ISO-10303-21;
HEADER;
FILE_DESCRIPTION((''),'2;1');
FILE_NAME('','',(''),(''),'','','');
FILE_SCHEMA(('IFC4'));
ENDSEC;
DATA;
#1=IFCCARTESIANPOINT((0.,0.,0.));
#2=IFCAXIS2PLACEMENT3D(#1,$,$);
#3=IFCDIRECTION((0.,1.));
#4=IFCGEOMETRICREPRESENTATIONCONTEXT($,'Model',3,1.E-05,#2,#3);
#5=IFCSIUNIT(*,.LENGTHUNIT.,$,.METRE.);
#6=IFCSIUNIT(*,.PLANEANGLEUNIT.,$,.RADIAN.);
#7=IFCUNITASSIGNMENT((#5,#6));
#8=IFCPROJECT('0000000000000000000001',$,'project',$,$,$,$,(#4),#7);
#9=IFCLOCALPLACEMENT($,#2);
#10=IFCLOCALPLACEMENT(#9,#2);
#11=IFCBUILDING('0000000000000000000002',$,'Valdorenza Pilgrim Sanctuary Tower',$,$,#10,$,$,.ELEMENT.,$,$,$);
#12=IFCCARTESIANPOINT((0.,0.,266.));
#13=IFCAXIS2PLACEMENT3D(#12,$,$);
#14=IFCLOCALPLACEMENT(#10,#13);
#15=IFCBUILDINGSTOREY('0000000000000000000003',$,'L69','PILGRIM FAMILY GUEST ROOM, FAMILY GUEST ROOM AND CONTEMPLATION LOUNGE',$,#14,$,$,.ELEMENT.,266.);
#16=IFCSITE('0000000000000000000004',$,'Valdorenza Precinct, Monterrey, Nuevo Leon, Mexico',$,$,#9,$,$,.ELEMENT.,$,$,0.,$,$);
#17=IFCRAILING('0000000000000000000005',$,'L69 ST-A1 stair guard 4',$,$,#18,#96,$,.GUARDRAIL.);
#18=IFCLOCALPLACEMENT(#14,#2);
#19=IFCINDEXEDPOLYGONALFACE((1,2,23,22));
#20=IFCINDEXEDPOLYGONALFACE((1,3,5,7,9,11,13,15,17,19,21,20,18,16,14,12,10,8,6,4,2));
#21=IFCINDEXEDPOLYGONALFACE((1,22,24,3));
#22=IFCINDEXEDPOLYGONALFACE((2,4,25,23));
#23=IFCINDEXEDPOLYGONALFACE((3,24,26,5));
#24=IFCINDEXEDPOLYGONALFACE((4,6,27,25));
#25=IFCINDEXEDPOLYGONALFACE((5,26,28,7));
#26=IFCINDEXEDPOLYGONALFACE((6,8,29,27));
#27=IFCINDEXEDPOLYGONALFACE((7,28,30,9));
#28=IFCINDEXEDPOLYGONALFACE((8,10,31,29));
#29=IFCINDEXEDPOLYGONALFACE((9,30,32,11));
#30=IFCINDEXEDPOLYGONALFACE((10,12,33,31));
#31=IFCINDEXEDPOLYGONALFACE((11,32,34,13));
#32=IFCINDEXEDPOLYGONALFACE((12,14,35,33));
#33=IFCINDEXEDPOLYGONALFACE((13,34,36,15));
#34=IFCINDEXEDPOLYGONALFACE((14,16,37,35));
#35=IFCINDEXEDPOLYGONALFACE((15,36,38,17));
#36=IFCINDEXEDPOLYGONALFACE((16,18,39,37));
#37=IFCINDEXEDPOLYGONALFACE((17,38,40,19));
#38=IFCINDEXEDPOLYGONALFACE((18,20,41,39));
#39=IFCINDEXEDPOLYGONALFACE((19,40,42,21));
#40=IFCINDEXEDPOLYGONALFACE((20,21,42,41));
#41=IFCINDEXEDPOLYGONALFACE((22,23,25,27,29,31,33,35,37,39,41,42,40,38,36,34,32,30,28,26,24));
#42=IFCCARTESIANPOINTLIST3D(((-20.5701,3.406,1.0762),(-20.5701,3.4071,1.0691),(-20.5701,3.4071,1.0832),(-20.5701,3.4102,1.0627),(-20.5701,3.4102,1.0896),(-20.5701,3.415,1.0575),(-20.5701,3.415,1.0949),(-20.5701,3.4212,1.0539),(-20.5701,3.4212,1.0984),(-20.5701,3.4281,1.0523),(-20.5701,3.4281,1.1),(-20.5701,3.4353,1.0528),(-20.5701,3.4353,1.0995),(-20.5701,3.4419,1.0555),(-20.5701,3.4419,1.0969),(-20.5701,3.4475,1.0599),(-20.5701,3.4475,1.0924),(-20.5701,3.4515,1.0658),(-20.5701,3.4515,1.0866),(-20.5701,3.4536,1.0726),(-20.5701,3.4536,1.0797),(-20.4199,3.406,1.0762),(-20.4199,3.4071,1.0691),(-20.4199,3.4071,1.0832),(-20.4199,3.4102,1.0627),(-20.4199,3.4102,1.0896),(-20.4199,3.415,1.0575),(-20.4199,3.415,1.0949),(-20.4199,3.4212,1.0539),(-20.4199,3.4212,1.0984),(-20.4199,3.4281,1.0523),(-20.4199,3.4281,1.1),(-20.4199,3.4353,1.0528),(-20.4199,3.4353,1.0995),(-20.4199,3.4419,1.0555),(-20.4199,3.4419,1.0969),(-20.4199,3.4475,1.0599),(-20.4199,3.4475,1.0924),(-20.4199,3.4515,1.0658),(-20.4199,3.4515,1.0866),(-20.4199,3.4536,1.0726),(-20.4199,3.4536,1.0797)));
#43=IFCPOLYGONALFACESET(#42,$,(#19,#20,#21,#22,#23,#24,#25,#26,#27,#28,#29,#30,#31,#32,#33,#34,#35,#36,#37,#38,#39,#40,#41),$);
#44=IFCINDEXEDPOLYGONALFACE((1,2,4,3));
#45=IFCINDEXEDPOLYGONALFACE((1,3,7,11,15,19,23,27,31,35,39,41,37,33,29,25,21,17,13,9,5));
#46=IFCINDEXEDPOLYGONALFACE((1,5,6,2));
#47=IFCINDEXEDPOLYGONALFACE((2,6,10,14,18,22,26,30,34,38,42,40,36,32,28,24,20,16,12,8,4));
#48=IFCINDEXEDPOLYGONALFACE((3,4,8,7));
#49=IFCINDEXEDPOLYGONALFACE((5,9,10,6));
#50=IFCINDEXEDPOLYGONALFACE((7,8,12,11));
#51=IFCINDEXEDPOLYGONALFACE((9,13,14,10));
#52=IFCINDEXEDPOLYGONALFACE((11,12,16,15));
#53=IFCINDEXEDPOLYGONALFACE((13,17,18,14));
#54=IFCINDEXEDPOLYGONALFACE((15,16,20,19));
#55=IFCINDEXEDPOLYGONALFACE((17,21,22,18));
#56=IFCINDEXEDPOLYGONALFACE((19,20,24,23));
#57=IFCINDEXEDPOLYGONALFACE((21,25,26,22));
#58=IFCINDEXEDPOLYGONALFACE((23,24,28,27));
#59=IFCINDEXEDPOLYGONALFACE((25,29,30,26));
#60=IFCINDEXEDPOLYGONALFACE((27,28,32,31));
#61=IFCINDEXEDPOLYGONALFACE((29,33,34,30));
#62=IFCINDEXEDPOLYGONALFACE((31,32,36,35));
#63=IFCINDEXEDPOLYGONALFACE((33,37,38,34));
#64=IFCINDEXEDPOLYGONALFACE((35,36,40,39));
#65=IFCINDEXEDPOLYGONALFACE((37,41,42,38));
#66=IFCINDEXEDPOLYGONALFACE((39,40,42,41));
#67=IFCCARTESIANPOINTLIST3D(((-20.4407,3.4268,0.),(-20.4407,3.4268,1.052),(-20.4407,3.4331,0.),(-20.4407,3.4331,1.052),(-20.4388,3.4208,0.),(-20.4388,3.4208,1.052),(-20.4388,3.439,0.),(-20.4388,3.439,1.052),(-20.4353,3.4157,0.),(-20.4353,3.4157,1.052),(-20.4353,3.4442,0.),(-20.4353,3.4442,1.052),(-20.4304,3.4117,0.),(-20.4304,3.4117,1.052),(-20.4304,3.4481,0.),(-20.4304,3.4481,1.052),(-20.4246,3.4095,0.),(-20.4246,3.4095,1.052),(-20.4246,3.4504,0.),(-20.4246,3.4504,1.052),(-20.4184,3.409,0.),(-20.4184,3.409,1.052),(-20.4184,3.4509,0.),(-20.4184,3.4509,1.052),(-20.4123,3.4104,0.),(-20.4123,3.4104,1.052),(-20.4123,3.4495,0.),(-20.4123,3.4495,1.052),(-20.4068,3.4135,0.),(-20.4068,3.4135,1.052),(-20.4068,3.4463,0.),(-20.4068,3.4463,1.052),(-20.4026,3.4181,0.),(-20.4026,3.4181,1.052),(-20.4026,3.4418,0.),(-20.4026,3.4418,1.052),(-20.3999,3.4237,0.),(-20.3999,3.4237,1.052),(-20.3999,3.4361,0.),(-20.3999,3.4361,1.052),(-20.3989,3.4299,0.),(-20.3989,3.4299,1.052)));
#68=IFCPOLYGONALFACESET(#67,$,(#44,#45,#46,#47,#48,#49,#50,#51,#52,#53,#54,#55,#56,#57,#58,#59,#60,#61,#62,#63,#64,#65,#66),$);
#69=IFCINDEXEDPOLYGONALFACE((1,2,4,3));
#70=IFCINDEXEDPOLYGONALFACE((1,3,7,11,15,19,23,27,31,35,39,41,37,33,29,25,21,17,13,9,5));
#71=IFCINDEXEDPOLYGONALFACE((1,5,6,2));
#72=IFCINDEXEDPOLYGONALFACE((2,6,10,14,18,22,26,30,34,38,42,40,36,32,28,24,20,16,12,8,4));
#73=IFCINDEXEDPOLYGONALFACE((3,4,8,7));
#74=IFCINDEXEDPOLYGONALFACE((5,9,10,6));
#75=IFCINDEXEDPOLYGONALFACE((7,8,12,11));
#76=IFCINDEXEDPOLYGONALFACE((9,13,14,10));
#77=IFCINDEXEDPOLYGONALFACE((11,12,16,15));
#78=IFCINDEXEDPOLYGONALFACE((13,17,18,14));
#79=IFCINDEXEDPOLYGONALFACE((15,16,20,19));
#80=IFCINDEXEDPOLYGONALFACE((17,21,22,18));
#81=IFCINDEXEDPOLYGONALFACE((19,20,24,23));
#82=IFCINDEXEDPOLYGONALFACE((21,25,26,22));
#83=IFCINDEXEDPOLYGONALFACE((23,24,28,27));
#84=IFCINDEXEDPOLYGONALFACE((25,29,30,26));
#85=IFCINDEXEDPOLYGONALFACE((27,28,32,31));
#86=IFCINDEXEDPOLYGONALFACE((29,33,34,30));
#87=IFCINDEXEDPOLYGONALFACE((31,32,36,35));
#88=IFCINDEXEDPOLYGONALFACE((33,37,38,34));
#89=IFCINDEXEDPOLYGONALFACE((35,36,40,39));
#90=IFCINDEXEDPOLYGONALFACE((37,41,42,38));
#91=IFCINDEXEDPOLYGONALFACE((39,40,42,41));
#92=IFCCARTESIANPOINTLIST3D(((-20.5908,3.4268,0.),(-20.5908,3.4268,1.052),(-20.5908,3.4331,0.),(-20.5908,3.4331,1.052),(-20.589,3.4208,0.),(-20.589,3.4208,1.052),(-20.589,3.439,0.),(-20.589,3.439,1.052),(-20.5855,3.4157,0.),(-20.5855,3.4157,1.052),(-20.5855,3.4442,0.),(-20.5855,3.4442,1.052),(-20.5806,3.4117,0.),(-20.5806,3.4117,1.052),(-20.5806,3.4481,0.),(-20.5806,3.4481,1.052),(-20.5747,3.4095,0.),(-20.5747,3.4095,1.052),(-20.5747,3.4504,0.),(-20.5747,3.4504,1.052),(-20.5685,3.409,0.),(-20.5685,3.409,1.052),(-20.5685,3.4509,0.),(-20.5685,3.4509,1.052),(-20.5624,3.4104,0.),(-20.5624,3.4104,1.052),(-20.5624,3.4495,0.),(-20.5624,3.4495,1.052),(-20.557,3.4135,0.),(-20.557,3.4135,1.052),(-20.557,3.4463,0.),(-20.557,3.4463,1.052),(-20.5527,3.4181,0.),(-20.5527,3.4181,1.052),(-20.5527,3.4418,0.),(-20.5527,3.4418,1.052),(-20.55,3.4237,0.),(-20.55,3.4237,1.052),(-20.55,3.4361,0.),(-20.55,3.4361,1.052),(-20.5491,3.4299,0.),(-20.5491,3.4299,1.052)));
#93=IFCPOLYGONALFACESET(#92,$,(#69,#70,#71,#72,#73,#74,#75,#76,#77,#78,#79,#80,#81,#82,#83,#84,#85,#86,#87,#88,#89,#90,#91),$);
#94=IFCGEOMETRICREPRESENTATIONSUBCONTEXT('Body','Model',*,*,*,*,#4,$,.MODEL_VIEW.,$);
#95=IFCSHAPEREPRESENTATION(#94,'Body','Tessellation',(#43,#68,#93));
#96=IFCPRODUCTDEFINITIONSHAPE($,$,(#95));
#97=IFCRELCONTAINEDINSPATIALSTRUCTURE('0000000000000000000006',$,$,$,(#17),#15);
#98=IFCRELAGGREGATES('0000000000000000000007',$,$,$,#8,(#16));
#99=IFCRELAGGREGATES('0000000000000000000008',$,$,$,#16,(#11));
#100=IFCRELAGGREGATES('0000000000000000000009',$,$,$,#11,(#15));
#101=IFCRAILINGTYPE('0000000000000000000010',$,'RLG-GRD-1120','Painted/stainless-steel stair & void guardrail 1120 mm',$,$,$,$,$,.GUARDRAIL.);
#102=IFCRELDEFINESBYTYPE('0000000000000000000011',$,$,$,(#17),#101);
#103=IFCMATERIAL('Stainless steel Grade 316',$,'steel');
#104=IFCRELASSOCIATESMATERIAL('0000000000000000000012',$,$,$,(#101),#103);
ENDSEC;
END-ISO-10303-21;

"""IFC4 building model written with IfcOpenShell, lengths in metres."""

from ifc_helpers import new_model, si_unit, direction, frame, origin, origin_2d, place, context, subcontext, project, spatial, circle, extrude, material, type_object, element, save


model = new_model("IFC4")

# Units and contexts
model_context = context("Model", 3, precision=1e-05, world=origin(), true_north=direction((0.0, 1.0)))
body_context = subcontext(model_context, "Body", "Model", "MODEL_VIEW")
ifc_project = project(units=[si_unit("LENGTHUNIT", "METRE"), si_unit("PLANEANGLEUNIT", "RADIAN")], contexts=[model_context])

# Site, building, storey
site_placement = place(None, origin())
site = spatial("IfcSite", under=ifc_project, at=site_placement, Name="Valdorenza Precinct, Monterrey, Nuevo Leon, Mexico", CompositionType="ELEMENT", RefElevation=0.0)
building_placement = place(site_placement, origin())
building = spatial("IfcBuilding", under=site, at=building_placement, Name="Valdorenza Pilgrim Sanctuary Tower", CompositionType="ELEMENT")
storey_placement = place(building_placement, frame((0.0, 0.0, 266.0)))
storey = spatial("IfcBuildingStorey", under=building, at=storey_placement, Name="L69", Description="PILGRIM FAMILY GUEST ROOM, FAMILY GUEST ROOM AND CONTEMPLATION LOUNGE", CompositionType="ELEMENT", Elevation=266.0)

# Railing
ifc_material_1 = material(Name="Stainless steel Grade 316", Category="steel")
railing_type_1 = type_object("IfcRailingType", Name="RLG-GRD-1120", Description="Painted/stainless-steel stair & void guardrail 1120 mm", PredefinedType="GUARDRAIL", material=ifc_material_1)
railing_1_placement = place(storey_placement, frame((-20.4199, 3.4299, 0.0)))
element("IfcRailing", 1, at=railing_1_placement, inside=storey, type_object=railing_type_1, Name="L69 ST-A1 stair guard 4", PredefinedType="GUARDRAIL", context=body_context, shape_type="SweptSolid", body=[
    extrude(circle(Radius=0.0239, at=origin_2d()), frame((0.0, 0.0, 1.0762), z_axis=(-1.0, 0.0, 0.0), x_axis=(0.0, -1.0, 0.0)), (0.0, 0.0, 1.0), 0.1501),
    extrude(circle(Radius=0.021, at=origin_2d()), origin(), (0.0, 0.0, 1.0), 1.052),
    extrude(circle(Radius=0.021, at=origin_2d()), frame((-0.1501, 0.0, 0.0)), (0.0, 0.0, 1.0), 1.052),
])

save(model, "model.ifc")
